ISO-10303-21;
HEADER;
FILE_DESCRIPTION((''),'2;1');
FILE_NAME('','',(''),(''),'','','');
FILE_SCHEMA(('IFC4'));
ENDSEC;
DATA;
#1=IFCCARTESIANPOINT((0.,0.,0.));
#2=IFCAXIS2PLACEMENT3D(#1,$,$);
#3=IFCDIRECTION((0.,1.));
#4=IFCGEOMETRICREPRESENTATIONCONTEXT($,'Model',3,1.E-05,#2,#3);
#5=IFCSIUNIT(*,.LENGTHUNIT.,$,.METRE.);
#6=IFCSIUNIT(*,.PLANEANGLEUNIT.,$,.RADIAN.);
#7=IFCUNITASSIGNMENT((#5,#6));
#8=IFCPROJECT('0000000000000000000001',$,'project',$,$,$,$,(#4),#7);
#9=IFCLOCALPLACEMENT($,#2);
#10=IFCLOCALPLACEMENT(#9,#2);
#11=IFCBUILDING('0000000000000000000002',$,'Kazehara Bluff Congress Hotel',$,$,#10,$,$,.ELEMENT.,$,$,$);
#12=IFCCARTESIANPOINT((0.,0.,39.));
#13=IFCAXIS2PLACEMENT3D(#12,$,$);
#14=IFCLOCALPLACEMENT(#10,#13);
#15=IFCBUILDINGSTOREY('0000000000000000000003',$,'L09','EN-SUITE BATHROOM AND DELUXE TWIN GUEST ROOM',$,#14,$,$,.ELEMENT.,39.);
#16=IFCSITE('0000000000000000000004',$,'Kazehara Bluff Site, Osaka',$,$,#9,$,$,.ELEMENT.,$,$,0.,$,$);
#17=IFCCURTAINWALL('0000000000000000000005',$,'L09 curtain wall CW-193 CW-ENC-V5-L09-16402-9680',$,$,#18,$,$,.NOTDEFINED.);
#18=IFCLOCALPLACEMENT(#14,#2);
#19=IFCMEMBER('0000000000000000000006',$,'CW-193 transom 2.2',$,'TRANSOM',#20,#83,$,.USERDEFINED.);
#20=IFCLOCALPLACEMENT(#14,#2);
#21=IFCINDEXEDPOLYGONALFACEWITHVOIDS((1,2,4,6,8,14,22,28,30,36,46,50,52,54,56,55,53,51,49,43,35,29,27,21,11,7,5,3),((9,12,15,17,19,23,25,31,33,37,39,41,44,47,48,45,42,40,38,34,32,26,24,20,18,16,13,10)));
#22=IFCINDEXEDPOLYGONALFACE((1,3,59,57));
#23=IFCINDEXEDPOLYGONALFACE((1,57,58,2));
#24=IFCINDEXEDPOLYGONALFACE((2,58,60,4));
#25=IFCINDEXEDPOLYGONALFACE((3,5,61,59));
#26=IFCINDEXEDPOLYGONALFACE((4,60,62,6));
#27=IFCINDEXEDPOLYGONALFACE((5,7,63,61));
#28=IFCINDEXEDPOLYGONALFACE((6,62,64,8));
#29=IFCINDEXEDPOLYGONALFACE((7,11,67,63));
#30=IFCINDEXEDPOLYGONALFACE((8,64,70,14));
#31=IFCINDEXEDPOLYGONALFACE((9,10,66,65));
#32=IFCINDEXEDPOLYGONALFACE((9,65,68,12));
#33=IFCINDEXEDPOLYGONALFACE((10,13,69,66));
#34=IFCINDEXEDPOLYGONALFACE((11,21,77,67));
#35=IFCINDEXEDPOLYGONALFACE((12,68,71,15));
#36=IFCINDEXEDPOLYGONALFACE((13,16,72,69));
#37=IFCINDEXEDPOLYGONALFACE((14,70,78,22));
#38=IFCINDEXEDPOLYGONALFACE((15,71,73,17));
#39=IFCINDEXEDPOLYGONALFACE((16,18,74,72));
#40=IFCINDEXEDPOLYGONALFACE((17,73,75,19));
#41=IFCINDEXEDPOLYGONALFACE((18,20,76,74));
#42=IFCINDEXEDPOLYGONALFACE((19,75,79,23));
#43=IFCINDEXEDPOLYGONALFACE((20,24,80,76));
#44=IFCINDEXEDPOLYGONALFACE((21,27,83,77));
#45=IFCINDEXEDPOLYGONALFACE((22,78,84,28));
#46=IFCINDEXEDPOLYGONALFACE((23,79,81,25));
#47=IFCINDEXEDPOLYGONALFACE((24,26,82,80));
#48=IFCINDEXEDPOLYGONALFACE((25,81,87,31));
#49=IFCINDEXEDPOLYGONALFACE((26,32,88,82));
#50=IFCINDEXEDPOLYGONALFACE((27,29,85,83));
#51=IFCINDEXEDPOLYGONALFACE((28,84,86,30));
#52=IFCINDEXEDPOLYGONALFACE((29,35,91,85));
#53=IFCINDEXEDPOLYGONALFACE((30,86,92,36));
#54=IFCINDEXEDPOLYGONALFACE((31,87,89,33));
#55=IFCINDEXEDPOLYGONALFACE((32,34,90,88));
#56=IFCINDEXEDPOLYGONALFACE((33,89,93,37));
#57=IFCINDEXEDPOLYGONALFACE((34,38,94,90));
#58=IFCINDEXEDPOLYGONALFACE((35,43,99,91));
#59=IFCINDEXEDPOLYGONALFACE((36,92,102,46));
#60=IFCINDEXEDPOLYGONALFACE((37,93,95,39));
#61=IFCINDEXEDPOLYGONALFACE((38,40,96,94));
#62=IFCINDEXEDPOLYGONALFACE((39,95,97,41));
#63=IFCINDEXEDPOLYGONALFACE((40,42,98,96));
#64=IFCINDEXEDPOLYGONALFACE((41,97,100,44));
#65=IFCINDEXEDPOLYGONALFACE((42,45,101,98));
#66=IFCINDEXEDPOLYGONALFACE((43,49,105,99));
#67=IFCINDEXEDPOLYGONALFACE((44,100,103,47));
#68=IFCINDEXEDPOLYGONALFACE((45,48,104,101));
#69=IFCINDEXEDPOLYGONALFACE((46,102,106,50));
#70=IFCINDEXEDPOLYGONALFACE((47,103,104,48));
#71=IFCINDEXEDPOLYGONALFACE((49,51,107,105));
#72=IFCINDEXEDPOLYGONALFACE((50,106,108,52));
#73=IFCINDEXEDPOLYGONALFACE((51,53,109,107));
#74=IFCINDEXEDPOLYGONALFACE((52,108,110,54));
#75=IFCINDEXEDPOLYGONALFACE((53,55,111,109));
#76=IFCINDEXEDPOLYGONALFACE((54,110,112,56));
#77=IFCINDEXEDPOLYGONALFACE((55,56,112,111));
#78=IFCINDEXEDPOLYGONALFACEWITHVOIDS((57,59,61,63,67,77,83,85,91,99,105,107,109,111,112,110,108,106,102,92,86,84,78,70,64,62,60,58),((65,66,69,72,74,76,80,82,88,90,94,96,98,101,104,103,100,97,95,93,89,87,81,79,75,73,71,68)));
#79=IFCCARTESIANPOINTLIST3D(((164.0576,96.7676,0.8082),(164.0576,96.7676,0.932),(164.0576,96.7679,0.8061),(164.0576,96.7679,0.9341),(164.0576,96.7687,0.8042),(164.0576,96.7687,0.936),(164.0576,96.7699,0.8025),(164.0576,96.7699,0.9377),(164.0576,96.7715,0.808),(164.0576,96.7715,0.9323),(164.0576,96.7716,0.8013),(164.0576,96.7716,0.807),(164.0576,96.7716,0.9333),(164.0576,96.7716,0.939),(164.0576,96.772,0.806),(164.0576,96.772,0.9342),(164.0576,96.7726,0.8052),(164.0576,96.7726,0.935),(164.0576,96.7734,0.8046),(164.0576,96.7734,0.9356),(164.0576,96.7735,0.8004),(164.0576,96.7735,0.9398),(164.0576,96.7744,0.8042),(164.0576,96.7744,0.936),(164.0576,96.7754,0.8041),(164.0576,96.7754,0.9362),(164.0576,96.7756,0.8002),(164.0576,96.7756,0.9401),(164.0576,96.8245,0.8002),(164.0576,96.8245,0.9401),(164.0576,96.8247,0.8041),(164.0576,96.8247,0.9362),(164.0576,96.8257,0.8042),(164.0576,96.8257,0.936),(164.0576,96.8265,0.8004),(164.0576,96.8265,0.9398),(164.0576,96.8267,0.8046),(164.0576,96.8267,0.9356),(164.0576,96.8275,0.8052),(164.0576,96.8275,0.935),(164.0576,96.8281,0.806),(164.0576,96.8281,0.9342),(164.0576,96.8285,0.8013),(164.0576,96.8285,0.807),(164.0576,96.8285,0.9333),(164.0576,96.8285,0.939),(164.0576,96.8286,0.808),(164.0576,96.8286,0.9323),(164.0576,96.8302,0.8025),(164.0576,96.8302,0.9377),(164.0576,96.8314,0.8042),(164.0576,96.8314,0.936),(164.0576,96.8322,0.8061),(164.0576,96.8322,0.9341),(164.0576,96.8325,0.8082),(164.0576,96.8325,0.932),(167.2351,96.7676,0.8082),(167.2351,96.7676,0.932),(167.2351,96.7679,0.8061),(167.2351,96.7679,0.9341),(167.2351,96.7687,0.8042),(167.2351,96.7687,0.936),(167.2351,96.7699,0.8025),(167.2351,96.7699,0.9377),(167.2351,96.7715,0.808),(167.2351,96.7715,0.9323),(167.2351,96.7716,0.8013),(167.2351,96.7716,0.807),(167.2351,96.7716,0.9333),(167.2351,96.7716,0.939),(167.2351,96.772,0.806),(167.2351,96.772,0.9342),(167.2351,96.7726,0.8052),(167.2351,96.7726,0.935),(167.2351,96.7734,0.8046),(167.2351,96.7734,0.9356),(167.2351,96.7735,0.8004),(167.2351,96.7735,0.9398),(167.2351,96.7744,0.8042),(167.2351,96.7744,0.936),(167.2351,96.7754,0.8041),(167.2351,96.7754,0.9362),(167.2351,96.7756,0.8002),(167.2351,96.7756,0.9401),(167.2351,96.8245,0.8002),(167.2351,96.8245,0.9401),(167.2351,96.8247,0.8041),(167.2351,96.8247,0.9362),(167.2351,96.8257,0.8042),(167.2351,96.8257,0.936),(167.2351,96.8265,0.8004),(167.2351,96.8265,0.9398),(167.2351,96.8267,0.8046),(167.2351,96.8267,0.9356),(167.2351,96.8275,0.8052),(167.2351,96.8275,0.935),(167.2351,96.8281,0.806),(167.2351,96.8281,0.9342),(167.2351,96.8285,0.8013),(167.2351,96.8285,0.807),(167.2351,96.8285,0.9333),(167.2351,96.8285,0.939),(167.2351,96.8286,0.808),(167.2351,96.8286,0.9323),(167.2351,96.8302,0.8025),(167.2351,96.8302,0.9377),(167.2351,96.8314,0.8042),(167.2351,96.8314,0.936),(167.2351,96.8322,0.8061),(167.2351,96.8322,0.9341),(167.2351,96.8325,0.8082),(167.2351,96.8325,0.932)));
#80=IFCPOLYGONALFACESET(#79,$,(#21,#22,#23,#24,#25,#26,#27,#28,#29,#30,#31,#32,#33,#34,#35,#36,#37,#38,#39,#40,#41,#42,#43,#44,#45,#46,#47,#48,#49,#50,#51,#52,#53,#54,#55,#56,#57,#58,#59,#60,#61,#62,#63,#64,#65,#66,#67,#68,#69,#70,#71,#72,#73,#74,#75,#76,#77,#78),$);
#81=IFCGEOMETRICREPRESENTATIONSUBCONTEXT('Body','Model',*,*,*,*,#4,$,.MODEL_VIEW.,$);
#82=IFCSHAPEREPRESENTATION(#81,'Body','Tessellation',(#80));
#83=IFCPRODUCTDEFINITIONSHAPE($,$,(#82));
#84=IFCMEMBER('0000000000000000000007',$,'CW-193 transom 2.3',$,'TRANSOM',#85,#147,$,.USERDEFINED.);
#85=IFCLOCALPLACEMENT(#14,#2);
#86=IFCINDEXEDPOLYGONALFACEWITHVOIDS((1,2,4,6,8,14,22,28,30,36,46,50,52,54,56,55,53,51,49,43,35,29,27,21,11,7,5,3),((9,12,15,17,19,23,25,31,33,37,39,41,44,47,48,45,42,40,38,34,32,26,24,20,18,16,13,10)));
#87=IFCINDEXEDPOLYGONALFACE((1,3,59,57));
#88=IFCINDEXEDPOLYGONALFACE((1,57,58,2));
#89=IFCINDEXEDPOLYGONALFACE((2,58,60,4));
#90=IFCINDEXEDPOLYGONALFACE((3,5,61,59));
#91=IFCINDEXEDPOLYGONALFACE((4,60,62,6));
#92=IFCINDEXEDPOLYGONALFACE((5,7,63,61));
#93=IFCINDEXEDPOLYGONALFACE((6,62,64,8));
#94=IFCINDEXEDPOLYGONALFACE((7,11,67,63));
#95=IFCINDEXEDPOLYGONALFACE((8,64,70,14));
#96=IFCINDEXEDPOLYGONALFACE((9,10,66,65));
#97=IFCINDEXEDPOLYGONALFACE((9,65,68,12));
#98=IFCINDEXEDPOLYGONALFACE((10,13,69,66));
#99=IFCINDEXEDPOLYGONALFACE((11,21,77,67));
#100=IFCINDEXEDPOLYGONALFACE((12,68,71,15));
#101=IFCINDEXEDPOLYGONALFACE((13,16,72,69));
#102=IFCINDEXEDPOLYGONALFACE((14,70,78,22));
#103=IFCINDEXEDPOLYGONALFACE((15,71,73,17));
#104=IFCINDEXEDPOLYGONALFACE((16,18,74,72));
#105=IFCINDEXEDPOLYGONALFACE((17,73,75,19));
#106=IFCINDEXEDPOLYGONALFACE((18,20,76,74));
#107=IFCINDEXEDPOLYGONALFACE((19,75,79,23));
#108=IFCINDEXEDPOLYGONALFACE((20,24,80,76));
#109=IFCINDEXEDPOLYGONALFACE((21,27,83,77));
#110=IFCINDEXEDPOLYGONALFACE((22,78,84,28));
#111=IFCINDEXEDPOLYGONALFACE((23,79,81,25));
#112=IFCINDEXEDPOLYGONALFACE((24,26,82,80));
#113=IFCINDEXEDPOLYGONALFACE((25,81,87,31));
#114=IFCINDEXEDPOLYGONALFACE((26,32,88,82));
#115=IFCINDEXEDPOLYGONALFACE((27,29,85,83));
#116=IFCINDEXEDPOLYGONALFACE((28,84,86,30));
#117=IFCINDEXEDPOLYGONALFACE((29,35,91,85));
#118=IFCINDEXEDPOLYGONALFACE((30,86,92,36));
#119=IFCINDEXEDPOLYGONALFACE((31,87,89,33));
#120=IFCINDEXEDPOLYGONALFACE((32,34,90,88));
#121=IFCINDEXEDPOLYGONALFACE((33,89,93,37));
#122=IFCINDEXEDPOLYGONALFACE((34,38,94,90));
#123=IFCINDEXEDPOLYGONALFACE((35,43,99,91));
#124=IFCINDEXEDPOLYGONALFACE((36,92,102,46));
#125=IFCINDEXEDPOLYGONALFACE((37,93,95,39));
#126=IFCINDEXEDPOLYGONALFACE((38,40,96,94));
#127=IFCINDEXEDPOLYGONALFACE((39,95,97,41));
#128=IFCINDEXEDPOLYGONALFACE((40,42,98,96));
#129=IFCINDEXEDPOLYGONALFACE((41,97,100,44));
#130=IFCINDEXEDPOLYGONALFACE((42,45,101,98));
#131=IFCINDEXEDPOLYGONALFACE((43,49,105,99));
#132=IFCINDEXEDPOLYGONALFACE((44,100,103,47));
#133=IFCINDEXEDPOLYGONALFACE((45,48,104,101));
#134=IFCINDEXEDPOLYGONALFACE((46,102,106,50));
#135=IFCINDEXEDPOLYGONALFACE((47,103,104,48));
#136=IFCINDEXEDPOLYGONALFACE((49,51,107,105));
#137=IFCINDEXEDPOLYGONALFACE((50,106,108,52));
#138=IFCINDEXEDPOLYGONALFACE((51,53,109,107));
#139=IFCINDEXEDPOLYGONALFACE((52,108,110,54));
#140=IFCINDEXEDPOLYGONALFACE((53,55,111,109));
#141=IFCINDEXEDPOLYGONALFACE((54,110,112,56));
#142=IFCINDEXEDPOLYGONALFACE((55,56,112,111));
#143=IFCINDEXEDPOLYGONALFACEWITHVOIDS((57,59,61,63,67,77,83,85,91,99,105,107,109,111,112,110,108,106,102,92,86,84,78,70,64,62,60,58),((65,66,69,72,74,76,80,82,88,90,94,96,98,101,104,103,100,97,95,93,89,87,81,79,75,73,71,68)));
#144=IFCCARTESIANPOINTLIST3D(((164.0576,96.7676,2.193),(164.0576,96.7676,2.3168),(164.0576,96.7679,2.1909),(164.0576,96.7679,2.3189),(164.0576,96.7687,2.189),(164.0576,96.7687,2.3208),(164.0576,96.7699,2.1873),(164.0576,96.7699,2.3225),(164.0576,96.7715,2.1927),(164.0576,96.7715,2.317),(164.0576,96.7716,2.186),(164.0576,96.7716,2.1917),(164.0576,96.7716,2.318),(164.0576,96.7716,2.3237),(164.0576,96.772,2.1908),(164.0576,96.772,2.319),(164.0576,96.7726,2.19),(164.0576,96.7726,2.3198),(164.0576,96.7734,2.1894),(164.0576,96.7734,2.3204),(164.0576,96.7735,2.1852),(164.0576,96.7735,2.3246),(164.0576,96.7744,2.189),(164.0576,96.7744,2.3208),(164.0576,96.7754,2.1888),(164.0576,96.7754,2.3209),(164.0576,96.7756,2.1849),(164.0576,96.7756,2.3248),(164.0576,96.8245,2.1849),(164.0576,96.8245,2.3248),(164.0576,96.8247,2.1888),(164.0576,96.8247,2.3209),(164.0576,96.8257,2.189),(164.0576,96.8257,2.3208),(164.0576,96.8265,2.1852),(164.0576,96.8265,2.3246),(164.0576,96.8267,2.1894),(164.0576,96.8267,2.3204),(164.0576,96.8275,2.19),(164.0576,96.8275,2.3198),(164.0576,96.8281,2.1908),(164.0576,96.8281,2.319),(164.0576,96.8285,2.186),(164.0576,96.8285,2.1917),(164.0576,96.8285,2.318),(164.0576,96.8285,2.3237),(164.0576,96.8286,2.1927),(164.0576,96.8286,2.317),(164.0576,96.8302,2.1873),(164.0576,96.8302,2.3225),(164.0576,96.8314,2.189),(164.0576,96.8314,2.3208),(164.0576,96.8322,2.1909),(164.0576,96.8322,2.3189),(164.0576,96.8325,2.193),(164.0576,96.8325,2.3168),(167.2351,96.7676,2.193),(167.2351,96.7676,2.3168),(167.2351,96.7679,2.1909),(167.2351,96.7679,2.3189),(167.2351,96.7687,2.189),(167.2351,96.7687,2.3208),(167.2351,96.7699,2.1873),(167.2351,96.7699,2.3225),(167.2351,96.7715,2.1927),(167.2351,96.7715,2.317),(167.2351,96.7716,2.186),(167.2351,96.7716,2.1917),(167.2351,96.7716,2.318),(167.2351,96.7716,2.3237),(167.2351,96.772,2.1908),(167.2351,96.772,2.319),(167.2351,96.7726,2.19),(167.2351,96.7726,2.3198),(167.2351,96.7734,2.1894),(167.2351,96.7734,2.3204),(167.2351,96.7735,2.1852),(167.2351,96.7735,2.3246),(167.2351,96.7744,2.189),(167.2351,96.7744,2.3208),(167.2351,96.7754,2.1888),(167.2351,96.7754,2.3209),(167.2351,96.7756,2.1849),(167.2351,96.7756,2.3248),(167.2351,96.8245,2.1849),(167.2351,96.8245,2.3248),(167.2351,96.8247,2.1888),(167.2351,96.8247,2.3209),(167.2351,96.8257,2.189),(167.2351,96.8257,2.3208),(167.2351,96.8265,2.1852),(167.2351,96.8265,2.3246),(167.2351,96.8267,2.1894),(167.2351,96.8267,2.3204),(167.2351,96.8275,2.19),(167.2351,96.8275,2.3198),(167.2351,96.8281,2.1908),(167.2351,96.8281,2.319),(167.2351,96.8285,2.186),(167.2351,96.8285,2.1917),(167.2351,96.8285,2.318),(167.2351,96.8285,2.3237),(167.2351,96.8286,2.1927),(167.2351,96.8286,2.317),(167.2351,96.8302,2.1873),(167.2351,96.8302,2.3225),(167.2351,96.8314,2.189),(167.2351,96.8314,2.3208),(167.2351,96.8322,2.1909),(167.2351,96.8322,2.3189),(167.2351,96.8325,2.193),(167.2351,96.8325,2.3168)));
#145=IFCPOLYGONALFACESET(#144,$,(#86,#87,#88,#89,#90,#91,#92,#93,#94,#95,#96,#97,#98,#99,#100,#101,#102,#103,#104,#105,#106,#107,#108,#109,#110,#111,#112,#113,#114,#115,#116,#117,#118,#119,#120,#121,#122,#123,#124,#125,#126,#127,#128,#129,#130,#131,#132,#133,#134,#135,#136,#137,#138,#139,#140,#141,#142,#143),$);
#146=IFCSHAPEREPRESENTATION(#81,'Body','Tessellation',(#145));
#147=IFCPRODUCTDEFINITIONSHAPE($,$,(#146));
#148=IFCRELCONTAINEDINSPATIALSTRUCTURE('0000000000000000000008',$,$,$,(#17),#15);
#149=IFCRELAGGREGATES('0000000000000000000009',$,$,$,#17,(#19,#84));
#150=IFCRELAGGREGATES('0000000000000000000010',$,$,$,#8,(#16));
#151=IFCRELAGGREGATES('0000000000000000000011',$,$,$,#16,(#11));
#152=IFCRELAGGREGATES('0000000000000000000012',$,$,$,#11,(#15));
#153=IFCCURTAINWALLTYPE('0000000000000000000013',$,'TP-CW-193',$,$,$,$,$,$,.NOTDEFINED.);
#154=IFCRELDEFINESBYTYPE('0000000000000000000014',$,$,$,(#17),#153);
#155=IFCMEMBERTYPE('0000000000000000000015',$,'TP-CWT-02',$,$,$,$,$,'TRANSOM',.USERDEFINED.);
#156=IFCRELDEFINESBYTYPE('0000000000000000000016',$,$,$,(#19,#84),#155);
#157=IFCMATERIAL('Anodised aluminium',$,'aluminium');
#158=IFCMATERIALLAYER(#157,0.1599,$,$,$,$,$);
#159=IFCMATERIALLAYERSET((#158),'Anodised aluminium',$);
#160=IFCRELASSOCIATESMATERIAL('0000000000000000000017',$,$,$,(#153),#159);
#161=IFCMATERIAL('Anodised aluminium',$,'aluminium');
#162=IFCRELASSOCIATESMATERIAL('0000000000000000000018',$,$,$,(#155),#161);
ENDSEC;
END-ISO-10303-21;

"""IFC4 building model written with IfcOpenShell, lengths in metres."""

from ifc_helpers import new_model, si_unit, direction, frame, origin, origin_2d, place, context, subcontext, project, spatial, hollow_rectangle, extrude, material, layer, layer_set, material_profile, profile_set, type_object, element, aggregate, save


model = new_model("IFC4")

# Units and contexts
model_context = context("Model", 3, precision=1e-05, world=origin(), true_north=direction((0.0, 1.0)))
body_context = subcontext(model_context, "Body", "Model", "MODEL_VIEW")
ifc_project = project(units=[si_unit("LENGTHUNIT", "METRE"), si_unit("PLANEANGLEUNIT", "RADIAN")], contexts=[model_context])

# Site, building, storey
site_placement = place(None, origin())
site = spatial("IfcSite", under=ifc_project, at=site_placement, Name="Kazehara Bluff Site, Osaka", CompositionType="ELEMENT", RefElevation=0.0)
building_placement = place(site_placement, origin())
building = spatial("IfcBuilding", under=site, at=building_placement, Name="Kazehara Bluff Congress Hotel", CompositionType="ELEMENT")
storey_placement = place(building_placement, frame((0.0, 0.0, 39.0)))
storey = spatial("IfcBuildingStorey", under=building, at=storey_placement, Name="L09", Description="EN-SUITE BATHROOM AND DELUXE TWIN GUEST ROOM", CompositionType="ELEMENT", Elevation=39.0)

# Curtain wall
ifc_material_1 = material(Name="Anodised aluminium", Category="aluminium")
ifc_layer_1 = layer(ifc_material_1, 0.1599)
ifc_layer_set_1 = layer_set([ifc_layer_1], Name="Anodised aluminium")
curtain_wall_type_1 = type_object("IfcCurtainWallType", Name="TP-CW-193", PredefinedType="NOTDEFINED", material=ifc_layer_set_1)
curtain_wall_1_placement = place(storey_placement, origin())
curtain_wall_1 = element("IfcCurtainWall", 1, at=curtain_wall_1_placement, inside=storey, type_object=curtain_wall_type_1, Name="L09 curtain wall CW-193 CW-ENC-V5-L09-16402-9680", PredefinedType="NOTDEFINED")

# Members
ifc_material_2 = material(Name="Anodised aluminium", Category="aluminium")
ifc_material_profile_1 = material_profile(ifc_material_2, hollow_rectangle(XDim=0.0649, YDim=0.1399, WallThickness=0.0039, InnerFilletRadius=0.0039, OuterFilletRadius=0.0081, at=origin_2d()))
ifc_profile_set_1 = profile_set([ifc_material_profile_1], Name="Anodised aluminium")
member_type_1 = type_object("IfcMemberType", Name="TP-CWT-02", ElementType="TRANSOM", PredefinedType="USERDEFINED", material=ifc_profile_set_1)
member_1_placement = place(storey_placement, frame((164.0576, 96.8, 0.8701), z_axis=(1.0, 0.0, 0.0), x_axis=(0.0, 1.0, 0.0)))
member_1 = element("IfcMember", 2, at=member_1_placement, type_object=member_type_1, Name="CW-193 transom 2.2", ObjectType="TRANSOM", PredefinedType="USERDEFINED", context=body_context, shape_type="SweptSolid", body=[
    extrude(hollow_rectangle(XDim=0.0649, YDim=0.1399, WallThickness=0.0039, InnerFilletRadius=0.0039, OuterFilletRadius=0.0081, at=origin_2d()), origin(), (0.0, 0.0, 1.0), 3.1775),
])
member_2_placement = place(storey_placement, frame((164.0576, 96.8, 2.2549), z_axis=(1.0, 0.0, 0.0), x_axis=(0.0, 1.0, 0.0)))
member_2 = element("IfcMember", 3, at=member_2_placement, type_object=member_type_1, Name="CW-193 transom 2.3", ObjectType="TRANSOM", PredefinedType="USERDEFINED", context=body_context, shape_type="SweptSolid", body=[
    extrude(hollow_rectangle(XDim=0.0649, YDim=0.1399, WallThickness=0.0039, InnerFilletRadius=0.0039, OuterFilletRadius=0.0081, at=origin_2d()), origin(), (0.0, 0.0, 1.0), 3.1775),
])

aggregate(curtain_wall_1, [member_1, member_2])

save(model, "model.ifc")
